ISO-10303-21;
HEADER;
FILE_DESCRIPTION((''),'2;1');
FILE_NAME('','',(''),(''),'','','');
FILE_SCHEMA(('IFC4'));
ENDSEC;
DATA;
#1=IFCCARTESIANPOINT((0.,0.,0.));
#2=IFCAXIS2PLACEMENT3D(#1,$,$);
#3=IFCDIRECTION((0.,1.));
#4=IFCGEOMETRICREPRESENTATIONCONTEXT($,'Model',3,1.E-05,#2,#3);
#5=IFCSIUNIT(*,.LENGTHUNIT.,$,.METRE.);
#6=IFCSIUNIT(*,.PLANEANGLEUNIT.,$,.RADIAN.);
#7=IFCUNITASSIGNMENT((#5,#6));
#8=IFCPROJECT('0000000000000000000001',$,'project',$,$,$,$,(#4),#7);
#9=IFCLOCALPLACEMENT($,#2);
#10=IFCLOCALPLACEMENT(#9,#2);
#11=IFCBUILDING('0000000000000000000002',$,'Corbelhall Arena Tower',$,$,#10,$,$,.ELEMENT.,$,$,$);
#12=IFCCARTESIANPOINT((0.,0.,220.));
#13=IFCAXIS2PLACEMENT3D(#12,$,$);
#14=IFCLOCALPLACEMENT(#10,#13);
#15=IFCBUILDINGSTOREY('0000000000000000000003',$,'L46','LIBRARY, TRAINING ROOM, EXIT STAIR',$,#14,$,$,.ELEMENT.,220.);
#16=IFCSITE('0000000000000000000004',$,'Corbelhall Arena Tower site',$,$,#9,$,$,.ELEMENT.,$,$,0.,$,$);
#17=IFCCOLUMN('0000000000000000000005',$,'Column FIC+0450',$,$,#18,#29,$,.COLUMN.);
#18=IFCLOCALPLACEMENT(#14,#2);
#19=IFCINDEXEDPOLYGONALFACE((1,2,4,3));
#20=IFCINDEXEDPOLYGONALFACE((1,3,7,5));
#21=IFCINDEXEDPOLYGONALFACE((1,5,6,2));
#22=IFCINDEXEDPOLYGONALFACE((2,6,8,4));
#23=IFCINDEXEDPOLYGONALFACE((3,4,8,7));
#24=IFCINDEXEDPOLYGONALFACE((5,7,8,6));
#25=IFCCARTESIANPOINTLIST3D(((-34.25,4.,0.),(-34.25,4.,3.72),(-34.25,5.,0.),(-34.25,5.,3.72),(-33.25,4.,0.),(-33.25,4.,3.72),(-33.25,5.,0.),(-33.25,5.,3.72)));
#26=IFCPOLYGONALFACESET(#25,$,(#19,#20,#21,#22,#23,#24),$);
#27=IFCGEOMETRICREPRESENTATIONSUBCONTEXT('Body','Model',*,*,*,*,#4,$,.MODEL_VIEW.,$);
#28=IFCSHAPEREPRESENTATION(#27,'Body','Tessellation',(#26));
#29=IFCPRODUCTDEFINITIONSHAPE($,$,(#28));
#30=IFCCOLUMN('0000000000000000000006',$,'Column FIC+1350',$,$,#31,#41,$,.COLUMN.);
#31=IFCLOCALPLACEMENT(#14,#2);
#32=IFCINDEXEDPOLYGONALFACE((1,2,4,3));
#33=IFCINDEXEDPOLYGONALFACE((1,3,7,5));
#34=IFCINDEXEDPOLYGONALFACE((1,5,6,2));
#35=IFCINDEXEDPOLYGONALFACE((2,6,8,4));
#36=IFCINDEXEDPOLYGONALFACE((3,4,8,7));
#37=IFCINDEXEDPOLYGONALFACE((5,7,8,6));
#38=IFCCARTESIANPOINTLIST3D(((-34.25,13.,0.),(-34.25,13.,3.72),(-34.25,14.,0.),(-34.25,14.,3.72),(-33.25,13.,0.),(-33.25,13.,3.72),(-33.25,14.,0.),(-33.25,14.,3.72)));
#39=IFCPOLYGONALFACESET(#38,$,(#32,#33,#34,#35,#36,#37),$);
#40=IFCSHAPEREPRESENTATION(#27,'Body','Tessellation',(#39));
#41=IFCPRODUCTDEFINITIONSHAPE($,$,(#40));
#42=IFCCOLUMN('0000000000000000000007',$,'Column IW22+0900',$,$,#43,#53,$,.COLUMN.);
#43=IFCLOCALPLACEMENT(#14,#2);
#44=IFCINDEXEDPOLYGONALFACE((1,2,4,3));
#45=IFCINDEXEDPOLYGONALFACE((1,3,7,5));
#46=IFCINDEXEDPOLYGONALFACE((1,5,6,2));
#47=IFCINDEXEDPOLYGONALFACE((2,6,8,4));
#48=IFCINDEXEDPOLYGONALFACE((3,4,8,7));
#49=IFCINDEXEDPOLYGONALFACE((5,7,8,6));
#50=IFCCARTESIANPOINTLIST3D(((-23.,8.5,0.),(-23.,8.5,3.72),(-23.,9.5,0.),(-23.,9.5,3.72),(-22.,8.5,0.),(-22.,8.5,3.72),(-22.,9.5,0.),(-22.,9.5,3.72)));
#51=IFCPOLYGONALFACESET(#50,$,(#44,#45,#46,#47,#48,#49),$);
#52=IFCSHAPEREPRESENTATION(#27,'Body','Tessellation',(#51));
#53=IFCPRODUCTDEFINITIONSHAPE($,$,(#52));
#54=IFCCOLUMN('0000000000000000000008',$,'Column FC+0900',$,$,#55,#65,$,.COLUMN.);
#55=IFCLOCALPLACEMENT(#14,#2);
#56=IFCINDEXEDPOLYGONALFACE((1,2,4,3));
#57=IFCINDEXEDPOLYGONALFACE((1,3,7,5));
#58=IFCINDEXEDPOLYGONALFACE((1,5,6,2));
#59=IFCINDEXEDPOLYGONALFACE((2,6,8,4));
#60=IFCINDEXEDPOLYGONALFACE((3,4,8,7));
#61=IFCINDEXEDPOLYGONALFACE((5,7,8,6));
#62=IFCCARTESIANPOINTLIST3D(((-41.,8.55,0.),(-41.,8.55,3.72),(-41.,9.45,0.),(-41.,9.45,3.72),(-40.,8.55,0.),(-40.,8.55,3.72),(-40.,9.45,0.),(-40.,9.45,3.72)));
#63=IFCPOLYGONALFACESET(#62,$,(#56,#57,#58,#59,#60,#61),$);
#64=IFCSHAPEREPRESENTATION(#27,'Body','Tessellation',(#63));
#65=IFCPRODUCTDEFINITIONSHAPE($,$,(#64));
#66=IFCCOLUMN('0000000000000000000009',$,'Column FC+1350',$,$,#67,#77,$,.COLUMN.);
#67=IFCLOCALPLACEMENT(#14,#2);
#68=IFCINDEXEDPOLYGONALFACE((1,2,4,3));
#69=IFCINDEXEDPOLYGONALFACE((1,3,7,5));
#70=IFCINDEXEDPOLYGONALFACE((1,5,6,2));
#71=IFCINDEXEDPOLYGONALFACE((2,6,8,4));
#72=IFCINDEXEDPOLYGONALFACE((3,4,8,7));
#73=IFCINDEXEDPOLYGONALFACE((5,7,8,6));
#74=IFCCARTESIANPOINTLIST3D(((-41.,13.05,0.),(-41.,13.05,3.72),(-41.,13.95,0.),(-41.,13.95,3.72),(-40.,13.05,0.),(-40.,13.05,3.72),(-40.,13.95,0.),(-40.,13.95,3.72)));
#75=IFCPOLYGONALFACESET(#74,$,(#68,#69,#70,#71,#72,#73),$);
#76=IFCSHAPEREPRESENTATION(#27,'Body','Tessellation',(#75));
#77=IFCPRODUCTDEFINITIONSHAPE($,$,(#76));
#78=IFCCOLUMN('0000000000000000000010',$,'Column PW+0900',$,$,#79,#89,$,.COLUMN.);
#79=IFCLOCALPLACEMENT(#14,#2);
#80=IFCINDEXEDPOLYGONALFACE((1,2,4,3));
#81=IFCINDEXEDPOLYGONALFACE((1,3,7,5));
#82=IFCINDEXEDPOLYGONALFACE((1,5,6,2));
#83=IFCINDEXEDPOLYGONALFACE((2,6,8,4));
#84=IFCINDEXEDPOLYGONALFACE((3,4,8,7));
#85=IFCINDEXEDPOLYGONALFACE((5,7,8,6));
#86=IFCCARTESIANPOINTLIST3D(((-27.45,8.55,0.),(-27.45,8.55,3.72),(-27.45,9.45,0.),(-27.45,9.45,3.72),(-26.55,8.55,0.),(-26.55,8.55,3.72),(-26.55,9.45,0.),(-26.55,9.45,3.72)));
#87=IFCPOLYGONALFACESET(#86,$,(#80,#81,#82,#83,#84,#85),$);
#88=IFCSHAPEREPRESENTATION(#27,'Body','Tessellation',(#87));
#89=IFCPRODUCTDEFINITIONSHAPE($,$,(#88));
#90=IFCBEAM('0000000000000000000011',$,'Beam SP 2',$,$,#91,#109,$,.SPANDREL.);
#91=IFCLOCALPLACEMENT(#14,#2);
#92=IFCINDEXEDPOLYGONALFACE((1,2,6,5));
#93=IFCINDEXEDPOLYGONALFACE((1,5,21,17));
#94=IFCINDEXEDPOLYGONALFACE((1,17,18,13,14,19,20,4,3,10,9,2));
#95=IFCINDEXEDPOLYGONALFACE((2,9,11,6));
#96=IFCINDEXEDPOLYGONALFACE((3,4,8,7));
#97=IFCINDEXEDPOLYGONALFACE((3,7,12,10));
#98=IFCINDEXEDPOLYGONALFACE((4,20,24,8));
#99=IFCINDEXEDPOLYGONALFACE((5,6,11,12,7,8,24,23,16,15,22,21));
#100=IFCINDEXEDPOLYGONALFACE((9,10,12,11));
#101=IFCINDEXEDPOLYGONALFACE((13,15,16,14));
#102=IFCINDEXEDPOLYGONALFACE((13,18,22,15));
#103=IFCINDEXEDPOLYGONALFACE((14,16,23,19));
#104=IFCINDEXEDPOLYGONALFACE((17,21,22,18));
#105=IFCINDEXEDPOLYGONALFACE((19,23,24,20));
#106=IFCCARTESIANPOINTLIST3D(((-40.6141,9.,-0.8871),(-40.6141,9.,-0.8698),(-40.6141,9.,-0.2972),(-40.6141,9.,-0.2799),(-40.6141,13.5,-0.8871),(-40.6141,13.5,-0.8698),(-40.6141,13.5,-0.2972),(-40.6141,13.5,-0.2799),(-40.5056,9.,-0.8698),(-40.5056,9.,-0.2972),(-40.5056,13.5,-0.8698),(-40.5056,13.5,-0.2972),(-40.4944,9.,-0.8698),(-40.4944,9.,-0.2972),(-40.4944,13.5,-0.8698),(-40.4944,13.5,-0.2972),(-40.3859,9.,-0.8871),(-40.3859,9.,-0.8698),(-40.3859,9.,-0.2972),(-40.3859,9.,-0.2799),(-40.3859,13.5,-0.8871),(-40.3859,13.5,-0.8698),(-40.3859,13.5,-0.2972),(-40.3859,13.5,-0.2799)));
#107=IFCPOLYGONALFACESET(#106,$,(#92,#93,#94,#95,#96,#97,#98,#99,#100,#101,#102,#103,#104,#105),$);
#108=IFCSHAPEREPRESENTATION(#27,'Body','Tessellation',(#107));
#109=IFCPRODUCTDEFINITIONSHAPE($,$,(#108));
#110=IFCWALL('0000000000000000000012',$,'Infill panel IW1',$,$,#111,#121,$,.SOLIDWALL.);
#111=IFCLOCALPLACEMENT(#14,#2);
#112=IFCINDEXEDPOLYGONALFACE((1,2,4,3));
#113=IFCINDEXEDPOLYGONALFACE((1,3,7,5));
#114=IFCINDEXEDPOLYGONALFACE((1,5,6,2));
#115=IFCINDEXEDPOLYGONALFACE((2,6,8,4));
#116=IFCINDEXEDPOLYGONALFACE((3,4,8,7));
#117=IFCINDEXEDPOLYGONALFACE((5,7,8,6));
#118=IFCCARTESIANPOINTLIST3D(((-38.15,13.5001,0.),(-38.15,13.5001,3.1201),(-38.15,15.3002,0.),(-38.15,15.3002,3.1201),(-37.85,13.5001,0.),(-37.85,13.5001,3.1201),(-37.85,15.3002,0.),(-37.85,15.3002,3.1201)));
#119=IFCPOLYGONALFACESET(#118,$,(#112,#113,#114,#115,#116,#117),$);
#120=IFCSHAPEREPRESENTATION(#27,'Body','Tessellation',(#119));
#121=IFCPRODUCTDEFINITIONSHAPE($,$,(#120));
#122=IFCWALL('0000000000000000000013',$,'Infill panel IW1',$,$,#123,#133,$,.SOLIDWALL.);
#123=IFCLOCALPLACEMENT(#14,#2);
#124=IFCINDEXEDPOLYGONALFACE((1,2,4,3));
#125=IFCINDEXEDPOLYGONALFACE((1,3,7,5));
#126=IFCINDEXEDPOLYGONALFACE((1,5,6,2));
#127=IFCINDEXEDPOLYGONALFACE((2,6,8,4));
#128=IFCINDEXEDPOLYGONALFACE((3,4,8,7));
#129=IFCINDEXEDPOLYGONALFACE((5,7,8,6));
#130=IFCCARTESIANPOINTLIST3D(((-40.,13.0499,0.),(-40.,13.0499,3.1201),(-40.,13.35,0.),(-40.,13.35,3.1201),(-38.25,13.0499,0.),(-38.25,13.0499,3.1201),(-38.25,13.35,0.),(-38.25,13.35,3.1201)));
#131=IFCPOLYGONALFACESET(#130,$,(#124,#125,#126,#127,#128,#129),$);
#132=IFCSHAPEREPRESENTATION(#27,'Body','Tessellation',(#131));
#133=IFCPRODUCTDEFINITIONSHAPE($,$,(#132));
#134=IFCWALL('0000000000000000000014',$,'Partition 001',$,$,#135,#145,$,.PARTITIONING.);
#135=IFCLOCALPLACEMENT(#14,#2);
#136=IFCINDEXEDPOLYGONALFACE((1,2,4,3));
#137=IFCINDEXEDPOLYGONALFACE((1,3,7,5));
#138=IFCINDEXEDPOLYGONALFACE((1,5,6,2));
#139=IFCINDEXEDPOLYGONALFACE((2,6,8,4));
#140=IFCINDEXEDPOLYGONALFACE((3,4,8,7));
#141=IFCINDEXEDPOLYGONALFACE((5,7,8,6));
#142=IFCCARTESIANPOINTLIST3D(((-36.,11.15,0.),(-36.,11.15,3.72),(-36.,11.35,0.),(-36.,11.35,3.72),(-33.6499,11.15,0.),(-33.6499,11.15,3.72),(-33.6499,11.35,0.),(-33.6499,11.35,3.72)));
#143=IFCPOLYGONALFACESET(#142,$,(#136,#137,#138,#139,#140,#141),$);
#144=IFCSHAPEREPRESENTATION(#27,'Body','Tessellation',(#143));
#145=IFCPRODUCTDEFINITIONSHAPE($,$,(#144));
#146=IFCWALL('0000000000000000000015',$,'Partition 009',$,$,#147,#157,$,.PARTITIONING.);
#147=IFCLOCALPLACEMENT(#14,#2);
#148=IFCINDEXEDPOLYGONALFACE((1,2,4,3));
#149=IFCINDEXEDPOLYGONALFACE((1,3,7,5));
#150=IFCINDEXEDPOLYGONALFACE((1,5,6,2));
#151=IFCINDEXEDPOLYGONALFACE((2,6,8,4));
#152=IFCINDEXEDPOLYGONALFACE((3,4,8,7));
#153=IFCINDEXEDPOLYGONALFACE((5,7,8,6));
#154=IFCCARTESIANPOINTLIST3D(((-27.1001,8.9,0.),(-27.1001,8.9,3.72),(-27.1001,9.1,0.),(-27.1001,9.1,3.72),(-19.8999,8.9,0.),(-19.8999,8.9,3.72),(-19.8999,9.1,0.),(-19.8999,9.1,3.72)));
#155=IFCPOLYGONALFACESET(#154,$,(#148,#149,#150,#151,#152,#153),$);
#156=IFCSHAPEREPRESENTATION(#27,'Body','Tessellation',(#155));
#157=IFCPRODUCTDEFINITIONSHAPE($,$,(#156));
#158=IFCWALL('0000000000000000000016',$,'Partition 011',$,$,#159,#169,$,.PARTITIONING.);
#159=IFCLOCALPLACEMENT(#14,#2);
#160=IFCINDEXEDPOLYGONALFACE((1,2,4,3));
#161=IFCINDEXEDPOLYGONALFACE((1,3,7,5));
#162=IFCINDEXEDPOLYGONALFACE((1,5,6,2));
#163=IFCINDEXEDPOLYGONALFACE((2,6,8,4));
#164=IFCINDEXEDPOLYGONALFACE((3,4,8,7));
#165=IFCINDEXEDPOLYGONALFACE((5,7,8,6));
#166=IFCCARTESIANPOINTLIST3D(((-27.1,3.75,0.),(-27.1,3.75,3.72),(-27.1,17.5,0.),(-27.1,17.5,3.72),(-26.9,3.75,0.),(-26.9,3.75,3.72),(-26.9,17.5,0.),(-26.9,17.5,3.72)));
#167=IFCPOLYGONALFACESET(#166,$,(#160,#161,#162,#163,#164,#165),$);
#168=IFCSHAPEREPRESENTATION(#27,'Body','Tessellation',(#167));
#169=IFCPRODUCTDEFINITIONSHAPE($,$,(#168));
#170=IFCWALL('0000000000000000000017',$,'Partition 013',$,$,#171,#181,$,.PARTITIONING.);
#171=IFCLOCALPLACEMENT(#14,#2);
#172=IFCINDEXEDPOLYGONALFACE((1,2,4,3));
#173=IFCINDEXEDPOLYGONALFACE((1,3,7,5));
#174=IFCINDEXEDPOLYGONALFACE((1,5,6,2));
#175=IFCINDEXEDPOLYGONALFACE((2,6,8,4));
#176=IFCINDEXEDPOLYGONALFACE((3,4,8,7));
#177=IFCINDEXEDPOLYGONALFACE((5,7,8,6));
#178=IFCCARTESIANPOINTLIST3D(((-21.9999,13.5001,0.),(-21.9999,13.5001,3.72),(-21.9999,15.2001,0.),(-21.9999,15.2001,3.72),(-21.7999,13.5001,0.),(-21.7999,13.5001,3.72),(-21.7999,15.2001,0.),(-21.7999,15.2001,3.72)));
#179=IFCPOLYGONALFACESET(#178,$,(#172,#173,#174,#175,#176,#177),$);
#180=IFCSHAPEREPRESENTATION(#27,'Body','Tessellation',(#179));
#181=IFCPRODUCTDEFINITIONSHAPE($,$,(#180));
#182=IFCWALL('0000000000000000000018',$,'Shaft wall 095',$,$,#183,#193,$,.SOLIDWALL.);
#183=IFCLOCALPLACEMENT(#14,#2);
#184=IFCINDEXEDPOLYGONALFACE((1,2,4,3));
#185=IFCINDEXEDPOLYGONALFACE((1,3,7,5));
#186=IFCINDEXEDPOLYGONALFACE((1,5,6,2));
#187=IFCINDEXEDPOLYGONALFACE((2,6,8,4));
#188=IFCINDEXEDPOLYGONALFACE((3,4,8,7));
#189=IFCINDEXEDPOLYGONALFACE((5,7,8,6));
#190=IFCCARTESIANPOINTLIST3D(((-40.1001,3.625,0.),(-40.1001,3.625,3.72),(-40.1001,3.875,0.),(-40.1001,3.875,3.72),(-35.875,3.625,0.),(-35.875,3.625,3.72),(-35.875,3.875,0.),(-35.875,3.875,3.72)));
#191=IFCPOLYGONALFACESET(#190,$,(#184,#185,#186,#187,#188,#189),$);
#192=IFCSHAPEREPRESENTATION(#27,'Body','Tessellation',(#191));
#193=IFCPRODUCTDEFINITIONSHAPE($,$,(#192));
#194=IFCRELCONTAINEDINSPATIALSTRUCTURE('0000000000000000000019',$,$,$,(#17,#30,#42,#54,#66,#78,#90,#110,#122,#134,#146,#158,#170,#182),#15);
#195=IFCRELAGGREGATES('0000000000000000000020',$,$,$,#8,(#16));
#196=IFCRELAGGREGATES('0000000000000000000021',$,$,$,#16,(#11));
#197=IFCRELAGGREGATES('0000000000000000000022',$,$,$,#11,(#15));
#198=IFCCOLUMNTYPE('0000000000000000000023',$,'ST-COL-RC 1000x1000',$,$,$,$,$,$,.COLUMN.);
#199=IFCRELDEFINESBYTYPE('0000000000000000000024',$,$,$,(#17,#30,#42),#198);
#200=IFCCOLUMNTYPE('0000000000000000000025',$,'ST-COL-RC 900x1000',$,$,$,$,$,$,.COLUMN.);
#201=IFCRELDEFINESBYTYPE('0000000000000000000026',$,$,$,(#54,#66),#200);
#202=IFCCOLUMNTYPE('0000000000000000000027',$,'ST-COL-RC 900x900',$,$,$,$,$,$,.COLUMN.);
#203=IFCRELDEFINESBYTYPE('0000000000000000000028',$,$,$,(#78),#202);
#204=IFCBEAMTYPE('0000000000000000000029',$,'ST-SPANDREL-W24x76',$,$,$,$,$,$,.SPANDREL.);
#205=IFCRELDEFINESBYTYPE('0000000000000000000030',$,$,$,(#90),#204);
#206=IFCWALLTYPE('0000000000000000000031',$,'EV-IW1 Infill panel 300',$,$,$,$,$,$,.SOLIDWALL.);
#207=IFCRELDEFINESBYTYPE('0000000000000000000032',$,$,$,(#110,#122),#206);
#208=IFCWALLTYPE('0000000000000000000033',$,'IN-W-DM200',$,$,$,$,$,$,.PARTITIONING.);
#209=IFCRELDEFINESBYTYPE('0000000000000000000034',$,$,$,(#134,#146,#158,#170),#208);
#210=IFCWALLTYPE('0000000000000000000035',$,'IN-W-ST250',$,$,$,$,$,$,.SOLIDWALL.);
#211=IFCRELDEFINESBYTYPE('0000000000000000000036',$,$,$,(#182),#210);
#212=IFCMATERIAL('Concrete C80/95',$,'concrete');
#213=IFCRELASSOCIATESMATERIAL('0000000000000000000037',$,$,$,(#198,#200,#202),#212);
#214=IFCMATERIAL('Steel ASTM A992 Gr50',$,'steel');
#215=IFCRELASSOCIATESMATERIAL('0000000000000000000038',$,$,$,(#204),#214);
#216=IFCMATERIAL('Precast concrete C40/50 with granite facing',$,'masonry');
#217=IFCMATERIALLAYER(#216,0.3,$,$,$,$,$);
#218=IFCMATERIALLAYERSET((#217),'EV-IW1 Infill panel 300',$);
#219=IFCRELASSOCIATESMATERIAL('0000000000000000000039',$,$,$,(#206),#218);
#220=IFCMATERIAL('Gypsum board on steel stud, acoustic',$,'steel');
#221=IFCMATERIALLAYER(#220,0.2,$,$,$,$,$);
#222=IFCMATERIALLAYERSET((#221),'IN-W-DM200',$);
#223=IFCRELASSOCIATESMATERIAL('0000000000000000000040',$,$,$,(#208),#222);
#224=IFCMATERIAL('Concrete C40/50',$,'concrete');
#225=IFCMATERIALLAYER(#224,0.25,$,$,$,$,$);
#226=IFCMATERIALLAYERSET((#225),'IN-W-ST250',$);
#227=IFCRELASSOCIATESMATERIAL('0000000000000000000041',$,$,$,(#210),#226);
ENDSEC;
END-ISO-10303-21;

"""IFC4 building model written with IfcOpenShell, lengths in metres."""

from ifc_helpers import new_model, si_unit, direction, frame, frame_2d, origin, origin_2d, place, context, subcontext, project, spatial, rectangle, i_section, extrude, material, layer, layer_set, material_profile, profile_set, type_object, element, save


model = new_model("IFC4")

# Units and contexts
model_context = context("Model", 3, precision=1e-05, world=origin(), true_north=direction((0.0, 1.0)))
body_context = subcontext(model_context, "Body", "Model", "MODEL_VIEW")
ifc_project = project(units=[si_unit("LENGTHUNIT", "METRE"), si_unit("PLANEANGLEUNIT", "RADIAN")], contexts=[model_context])

# Site, building, storey
site_placement = place(None, origin())
site = spatial("IfcSite", under=ifc_project, at=site_placement, Name="Corbelhall Arena Tower site", CompositionType="ELEMENT", RefElevation=0.0)
building_placement = place(site_placement, origin())
building = spatial("IfcBuilding", under=site, at=building_placement, Name="Corbelhall Arena Tower", CompositionType="ELEMENT")
storey_placement = place(building_placement, frame((0.0, 0.0, 220.0)))
storey = spatial("IfcBuildingStorey", under=building, at=storey_placement, Name="L46", Description="LIBRARY, TRAINING ROOM, EXIT STAIR", CompositionType="ELEMENT", Elevation=220.0)

# Columns
ifc_material_1 = material(Name="Concrete C80/95", Category="concrete")
ifc_material_profile_1 = material_profile(ifc_material_1, rectangle(XDim=1.0, YDim=1.0, at=origin_2d()))
ifc_profile_set_1 = profile_set([ifc_material_profile_1], Name="Concrete C80/95")
column_type_1 = type_object("IfcColumnType", Name="ST-COL-RC 1000x1000", PredefinedType="COLUMN", material=ifc_profile_set_1)
for number, where, z_axis, x_axis, name in (
    (1, (-33.75, 4.5, 0.0), (0.0, 0.0, 1.0), (1.0, 0.0, 0.0), "Column FIC+0450"),
    (2, (-33.75, 13.5, 0.0), (0.0, 0.0, 1.0), (1.0, 0.0, 0.0), "Column FIC+1350"),
    (3, (-22.5, 9.0, 0.0), (0.0, 0.0, 1.0), (1.0, 0.0, 0.0), "Column IW22+0900"),
):
    element("IfcColumn", number, at=place(storey_placement, frame(where, z_axis=z_axis, x_axis=x_axis)), inside=storey, type_object=column_type_1, Name=name, PredefinedType="COLUMN", context=body_context, shape_type="SweptSolid", body=[
        extrude(rectangle(XDim=1.0, YDim=1.0, at=origin_2d()), origin(), (0.0, 0.0, 1.0), 3.72),
    ])
ifc_material_profile_2 = material_profile(ifc_material_1, rectangle(XDim=0.8999, YDim=1.0, at=origin_2d()))
ifc_profile_set_2 = profile_set([ifc_material_profile_2], Name="Concrete C80/95")
column_type_2 = type_object("IfcColumnType", Name="ST-COL-RC 900x1000", PredefinedType="COLUMN", material=ifc_profile_set_2)
for number, where, z_axis, x_axis, name in (
    (4, (-40.5, 9.0, 0.0), (0.0, 0.0, 1.0), (0.0, 1.0, 0.0), "Column FC+0900"),
    (5, (-40.5, 13.5, 0.0), (0.0, 0.0, 1.0), (0.0, 1.0, 0.0), "Column FC+1350"),
):
    element("IfcColumn", number, at=place(storey_placement, frame(where, z_axis=z_axis, x_axis=x_axis)), inside=storey, type_object=column_type_2, Name=name, PredefinedType="COLUMN", context=body_context, shape_type="SweptSolid", body=[
        extrude(rectangle(XDim=0.8999, YDim=1.0, at=origin_2d()), origin(), (0.0, 0.0, 1.0), 3.72),
    ])
ifc_material_profile_3 = material_profile(ifc_material_1, rectangle(XDim=0.8999, YDim=0.8999, at=origin_2d()))
ifc_profile_set_3 = profile_set([ifc_material_profile_3], Name="Concrete C80/95")
column_type_3 = type_object("IfcColumnType", Name="ST-COL-RC 900x900", PredefinedType="COLUMN", material=ifc_profile_set_3)
column_placement = place(storey_placement, frame((-27.0, 9.0, 0.0), z_axis=(0.0, 0.0, 1.0), x_axis=(1.0, 0.0, 0.0)))
element("IfcColumn", 6, at=column_placement, inside=storey, type_object=column_type_3, Name="Column PW+0900", PredefinedType="COLUMN", context=body_context, shape_type="SweptSolid", body=[
    extrude(rectangle(XDim=0.8999, YDim=0.8999, at=origin_2d()), origin(), (0.0, 0.0, 1.0), 3.72),
])

# Beam
ifc_material_2 = material(Name="Steel ASTM A992 Gr50", Category="steel")
ifc_material_profile_4 = material_profile(ifc_material_2, i_section(OverallWidth=0.2283, OverallDepth=0.6072, WebThickness=0.0112, FlangeThickness=0.0173, at=origin_2d()))
ifc_profile_set_4 = profile_set([ifc_material_profile_4], Name="Steel ASTM A992 Gr50")
beam_type = type_object("IfcBeamType", Name="ST-SPANDREL-W24x76", PredefinedType="SPANDREL", material=ifc_profile_set_4)
beam_placement = place(storey_placement, frame((-40.5, 9.0, -0.5835), z_axis=(0.0, 1.0, 0.0), x_axis=(-1.0, 0.0, 0.0)))
element("IfcBeam", 7, at=beam_placement, inside=storey, type_object=beam_type, Name="Beam SP 2", PredefinedType="SPANDREL", context=body_context, shape_type="SweptSolid", body=[
    extrude(i_section(OverallWidth=0.2283, OverallDepth=0.6072, WebThickness=0.0112, FlangeThickness=0.0173, at=origin_2d()), origin(), (0.0, 0.0, 1.0), 4.5),
])

# Walls
ifc_material_3 = material(Name="Precast concrete C40/50 with granite facing", Category="masonry")
ifc_layer_1 = layer(ifc_material_3, 0.3)
ifc_layer_set_1 = layer_set([ifc_layer_1], Name="EV-IW1 Infill panel 300")
wall_type_1 = type_object("IfcWallType", Name="EV-IW1 Infill panel 300", PredefinedType="SOLIDWALL", material=ifc_layer_set_1)
wall_1_placement = place(storey_placement, frame((-38.0, 15.3, 0.0), z_axis=(0.0, 0.0, 1.0), x_axis=(0.0, -1.0, 0.0)))
element("IfcWall", 8, at=wall_1_placement, inside=storey, type_object=wall_type_1, Name="Infill panel IW1", PredefinedType="SOLIDWALL", context=body_context, shape_type="SweptSolid", body=[
    extrude(rectangle(XDim=1.8, YDim=0.3, at=frame_2d((0.8999, 0.0))), origin(), (0.0, 0.0, 1.0), 3.1201),
])
wall_2_placement = place(storey_placement, frame((-40.0, 13.2, 0.0), z_axis=(0.0, 0.0, 1.0), x_axis=(1.0, 0.0, 0.0)))
element("IfcWall", 9, at=wall_2_placement, inside=storey, type_object=wall_type_1, Name="Infill panel IW1", PredefinedType="SOLIDWALL", context=body_context, shape_type="SweptSolid", body=[
    extrude(rectangle(XDim=1.75, YDim=0.3, at=frame_2d((0.875, 0.0))), origin(), (0.0, 0.0, 1.0), 3.1201),
])

# Wall
ifc_material_4 = material(Name="Gypsum board on steel stud, acoustic", Category="steel")
ifc_layer_2 = layer(ifc_material_4, 0.2)
ifc_layer_set_2 = layer_set([ifc_layer_2], Name="IN-W-DM200")
wall_type_2 = type_object("IfcWallType", Name="IN-W-DM200", PredefinedType="PARTITIONING", material=ifc_layer_set_2)
wall_3_placement = place(storey_placement, frame((-36.0, 11.25, 0.0), z_axis=(0.0, 0.0, 1.0), x_axis=(1.0, 0.0, 0.0)))
element("IfcWall", 10, at=wall_3_placement, inside=storey, type_object=wall_type_2, Name="Partition 001", PredefinedType="PARTITIONING", context=body_context, shape_type="SweptSolid", body=[
    extrude(rectangle(XDim=2.3501, YDim=0.2, at=frame_2d((1.175, 0.0))), origin(), (0.0, 0.0, 1.0), 3.72),
])

# Walls
wall_4_placement = place(storey_placement, frame((-27.1001, 9.0, 0.0), z_axis=(0.0, 0.0, 1.0), x_axis=(1.0, 0.0, 0.0)))
element("IfcWall", 11, at=wall_4_placement, inside=storey, type_object=wall_type_2, Name="Partition 009", PredefinedType="PARTITIONING", context=body_context, shape_type="SweptSolid", body=[
    extrude(rectangle(XDim=7.2002, YDim=0.2, at=frame_2d((3.6001, 0.0))), origin(), (0.0, 0.0, 1.0), 3.72),
])
wall_5_placement = place(storey_placement, frame((-27.0, 3.75, 0.0), z_axis=(0.0, 0.0, 1.0), x_axis=(0.0, 1.0, 0.0)))
element("IfcWall", 12, at=wall_5_placement, inside=storey, type_object=wall_type_2, Name="Partition 011", PredefinedType="PARTITIONING", context=body_context, shape_type="SweptSolid", body=[
    extrude(rectangle(XDim=13.75, YDim=0.2, at=frame_2d((6.875, 0.0))), origin(), (0.0, 0.0, 1.0), 3.72),
])
wall_6_placement = place(storey_placement, frame((-21.8999, 13.5, 0.0), z_axis=(0.0, 0.0, 1.0), x_axis=(0.0, 1.0, 0.0)))
element("IfcWall", 13, at=wall_6_placement, inside=storey, type_object=wall_type_2, Name="Partition 013", PredefinedType="PARTITIONING", context=body_context, shape_type="SweptSolid", body=[
    extrude(rectangle(XDim=1.7, YDim=0.2, at=frame_2d((0.8501, 0.0))), origin(), (0.0, 0.0, 1.0), 3.72),
])
ifc_material_5 = material(Name="Concrete C40/50", Category="concrete")
ifc_layer_3 = layer(ifc_material_5, 0.25)
ifc_layer_set_3 = layer_set([ifc_layer_3], Name="IN-W-ST250")
wall_type_3 = type_object("IfcWallType", Name="IN-W-ST250", PredefinedType="SOLIDWALL", material=ifc_layer_set_3)
wall_7_placement = place(storey_placement, frame((-40.1001, 3.75, 0.0), z_axis=(0.0, 0.0, 1.0), x_axis=(1.0, 0.0, 0.0)))
element("IfcWall", 14, at=wall_7_placement, inside=storey, type_object=wall_type_3, Name="Shaft wall 095", PredefinedType="SOLIDWALL", context=body_context, shape_type="SweptSolid", body=[
    extrude(rectangle(XDim=4.2251, YDim=0.25, at=frame_2d((2.1125, 0.0))), origin(), (0.0, 0.0, 1.0), 3.72),
])

save(model, "model.ifc")
